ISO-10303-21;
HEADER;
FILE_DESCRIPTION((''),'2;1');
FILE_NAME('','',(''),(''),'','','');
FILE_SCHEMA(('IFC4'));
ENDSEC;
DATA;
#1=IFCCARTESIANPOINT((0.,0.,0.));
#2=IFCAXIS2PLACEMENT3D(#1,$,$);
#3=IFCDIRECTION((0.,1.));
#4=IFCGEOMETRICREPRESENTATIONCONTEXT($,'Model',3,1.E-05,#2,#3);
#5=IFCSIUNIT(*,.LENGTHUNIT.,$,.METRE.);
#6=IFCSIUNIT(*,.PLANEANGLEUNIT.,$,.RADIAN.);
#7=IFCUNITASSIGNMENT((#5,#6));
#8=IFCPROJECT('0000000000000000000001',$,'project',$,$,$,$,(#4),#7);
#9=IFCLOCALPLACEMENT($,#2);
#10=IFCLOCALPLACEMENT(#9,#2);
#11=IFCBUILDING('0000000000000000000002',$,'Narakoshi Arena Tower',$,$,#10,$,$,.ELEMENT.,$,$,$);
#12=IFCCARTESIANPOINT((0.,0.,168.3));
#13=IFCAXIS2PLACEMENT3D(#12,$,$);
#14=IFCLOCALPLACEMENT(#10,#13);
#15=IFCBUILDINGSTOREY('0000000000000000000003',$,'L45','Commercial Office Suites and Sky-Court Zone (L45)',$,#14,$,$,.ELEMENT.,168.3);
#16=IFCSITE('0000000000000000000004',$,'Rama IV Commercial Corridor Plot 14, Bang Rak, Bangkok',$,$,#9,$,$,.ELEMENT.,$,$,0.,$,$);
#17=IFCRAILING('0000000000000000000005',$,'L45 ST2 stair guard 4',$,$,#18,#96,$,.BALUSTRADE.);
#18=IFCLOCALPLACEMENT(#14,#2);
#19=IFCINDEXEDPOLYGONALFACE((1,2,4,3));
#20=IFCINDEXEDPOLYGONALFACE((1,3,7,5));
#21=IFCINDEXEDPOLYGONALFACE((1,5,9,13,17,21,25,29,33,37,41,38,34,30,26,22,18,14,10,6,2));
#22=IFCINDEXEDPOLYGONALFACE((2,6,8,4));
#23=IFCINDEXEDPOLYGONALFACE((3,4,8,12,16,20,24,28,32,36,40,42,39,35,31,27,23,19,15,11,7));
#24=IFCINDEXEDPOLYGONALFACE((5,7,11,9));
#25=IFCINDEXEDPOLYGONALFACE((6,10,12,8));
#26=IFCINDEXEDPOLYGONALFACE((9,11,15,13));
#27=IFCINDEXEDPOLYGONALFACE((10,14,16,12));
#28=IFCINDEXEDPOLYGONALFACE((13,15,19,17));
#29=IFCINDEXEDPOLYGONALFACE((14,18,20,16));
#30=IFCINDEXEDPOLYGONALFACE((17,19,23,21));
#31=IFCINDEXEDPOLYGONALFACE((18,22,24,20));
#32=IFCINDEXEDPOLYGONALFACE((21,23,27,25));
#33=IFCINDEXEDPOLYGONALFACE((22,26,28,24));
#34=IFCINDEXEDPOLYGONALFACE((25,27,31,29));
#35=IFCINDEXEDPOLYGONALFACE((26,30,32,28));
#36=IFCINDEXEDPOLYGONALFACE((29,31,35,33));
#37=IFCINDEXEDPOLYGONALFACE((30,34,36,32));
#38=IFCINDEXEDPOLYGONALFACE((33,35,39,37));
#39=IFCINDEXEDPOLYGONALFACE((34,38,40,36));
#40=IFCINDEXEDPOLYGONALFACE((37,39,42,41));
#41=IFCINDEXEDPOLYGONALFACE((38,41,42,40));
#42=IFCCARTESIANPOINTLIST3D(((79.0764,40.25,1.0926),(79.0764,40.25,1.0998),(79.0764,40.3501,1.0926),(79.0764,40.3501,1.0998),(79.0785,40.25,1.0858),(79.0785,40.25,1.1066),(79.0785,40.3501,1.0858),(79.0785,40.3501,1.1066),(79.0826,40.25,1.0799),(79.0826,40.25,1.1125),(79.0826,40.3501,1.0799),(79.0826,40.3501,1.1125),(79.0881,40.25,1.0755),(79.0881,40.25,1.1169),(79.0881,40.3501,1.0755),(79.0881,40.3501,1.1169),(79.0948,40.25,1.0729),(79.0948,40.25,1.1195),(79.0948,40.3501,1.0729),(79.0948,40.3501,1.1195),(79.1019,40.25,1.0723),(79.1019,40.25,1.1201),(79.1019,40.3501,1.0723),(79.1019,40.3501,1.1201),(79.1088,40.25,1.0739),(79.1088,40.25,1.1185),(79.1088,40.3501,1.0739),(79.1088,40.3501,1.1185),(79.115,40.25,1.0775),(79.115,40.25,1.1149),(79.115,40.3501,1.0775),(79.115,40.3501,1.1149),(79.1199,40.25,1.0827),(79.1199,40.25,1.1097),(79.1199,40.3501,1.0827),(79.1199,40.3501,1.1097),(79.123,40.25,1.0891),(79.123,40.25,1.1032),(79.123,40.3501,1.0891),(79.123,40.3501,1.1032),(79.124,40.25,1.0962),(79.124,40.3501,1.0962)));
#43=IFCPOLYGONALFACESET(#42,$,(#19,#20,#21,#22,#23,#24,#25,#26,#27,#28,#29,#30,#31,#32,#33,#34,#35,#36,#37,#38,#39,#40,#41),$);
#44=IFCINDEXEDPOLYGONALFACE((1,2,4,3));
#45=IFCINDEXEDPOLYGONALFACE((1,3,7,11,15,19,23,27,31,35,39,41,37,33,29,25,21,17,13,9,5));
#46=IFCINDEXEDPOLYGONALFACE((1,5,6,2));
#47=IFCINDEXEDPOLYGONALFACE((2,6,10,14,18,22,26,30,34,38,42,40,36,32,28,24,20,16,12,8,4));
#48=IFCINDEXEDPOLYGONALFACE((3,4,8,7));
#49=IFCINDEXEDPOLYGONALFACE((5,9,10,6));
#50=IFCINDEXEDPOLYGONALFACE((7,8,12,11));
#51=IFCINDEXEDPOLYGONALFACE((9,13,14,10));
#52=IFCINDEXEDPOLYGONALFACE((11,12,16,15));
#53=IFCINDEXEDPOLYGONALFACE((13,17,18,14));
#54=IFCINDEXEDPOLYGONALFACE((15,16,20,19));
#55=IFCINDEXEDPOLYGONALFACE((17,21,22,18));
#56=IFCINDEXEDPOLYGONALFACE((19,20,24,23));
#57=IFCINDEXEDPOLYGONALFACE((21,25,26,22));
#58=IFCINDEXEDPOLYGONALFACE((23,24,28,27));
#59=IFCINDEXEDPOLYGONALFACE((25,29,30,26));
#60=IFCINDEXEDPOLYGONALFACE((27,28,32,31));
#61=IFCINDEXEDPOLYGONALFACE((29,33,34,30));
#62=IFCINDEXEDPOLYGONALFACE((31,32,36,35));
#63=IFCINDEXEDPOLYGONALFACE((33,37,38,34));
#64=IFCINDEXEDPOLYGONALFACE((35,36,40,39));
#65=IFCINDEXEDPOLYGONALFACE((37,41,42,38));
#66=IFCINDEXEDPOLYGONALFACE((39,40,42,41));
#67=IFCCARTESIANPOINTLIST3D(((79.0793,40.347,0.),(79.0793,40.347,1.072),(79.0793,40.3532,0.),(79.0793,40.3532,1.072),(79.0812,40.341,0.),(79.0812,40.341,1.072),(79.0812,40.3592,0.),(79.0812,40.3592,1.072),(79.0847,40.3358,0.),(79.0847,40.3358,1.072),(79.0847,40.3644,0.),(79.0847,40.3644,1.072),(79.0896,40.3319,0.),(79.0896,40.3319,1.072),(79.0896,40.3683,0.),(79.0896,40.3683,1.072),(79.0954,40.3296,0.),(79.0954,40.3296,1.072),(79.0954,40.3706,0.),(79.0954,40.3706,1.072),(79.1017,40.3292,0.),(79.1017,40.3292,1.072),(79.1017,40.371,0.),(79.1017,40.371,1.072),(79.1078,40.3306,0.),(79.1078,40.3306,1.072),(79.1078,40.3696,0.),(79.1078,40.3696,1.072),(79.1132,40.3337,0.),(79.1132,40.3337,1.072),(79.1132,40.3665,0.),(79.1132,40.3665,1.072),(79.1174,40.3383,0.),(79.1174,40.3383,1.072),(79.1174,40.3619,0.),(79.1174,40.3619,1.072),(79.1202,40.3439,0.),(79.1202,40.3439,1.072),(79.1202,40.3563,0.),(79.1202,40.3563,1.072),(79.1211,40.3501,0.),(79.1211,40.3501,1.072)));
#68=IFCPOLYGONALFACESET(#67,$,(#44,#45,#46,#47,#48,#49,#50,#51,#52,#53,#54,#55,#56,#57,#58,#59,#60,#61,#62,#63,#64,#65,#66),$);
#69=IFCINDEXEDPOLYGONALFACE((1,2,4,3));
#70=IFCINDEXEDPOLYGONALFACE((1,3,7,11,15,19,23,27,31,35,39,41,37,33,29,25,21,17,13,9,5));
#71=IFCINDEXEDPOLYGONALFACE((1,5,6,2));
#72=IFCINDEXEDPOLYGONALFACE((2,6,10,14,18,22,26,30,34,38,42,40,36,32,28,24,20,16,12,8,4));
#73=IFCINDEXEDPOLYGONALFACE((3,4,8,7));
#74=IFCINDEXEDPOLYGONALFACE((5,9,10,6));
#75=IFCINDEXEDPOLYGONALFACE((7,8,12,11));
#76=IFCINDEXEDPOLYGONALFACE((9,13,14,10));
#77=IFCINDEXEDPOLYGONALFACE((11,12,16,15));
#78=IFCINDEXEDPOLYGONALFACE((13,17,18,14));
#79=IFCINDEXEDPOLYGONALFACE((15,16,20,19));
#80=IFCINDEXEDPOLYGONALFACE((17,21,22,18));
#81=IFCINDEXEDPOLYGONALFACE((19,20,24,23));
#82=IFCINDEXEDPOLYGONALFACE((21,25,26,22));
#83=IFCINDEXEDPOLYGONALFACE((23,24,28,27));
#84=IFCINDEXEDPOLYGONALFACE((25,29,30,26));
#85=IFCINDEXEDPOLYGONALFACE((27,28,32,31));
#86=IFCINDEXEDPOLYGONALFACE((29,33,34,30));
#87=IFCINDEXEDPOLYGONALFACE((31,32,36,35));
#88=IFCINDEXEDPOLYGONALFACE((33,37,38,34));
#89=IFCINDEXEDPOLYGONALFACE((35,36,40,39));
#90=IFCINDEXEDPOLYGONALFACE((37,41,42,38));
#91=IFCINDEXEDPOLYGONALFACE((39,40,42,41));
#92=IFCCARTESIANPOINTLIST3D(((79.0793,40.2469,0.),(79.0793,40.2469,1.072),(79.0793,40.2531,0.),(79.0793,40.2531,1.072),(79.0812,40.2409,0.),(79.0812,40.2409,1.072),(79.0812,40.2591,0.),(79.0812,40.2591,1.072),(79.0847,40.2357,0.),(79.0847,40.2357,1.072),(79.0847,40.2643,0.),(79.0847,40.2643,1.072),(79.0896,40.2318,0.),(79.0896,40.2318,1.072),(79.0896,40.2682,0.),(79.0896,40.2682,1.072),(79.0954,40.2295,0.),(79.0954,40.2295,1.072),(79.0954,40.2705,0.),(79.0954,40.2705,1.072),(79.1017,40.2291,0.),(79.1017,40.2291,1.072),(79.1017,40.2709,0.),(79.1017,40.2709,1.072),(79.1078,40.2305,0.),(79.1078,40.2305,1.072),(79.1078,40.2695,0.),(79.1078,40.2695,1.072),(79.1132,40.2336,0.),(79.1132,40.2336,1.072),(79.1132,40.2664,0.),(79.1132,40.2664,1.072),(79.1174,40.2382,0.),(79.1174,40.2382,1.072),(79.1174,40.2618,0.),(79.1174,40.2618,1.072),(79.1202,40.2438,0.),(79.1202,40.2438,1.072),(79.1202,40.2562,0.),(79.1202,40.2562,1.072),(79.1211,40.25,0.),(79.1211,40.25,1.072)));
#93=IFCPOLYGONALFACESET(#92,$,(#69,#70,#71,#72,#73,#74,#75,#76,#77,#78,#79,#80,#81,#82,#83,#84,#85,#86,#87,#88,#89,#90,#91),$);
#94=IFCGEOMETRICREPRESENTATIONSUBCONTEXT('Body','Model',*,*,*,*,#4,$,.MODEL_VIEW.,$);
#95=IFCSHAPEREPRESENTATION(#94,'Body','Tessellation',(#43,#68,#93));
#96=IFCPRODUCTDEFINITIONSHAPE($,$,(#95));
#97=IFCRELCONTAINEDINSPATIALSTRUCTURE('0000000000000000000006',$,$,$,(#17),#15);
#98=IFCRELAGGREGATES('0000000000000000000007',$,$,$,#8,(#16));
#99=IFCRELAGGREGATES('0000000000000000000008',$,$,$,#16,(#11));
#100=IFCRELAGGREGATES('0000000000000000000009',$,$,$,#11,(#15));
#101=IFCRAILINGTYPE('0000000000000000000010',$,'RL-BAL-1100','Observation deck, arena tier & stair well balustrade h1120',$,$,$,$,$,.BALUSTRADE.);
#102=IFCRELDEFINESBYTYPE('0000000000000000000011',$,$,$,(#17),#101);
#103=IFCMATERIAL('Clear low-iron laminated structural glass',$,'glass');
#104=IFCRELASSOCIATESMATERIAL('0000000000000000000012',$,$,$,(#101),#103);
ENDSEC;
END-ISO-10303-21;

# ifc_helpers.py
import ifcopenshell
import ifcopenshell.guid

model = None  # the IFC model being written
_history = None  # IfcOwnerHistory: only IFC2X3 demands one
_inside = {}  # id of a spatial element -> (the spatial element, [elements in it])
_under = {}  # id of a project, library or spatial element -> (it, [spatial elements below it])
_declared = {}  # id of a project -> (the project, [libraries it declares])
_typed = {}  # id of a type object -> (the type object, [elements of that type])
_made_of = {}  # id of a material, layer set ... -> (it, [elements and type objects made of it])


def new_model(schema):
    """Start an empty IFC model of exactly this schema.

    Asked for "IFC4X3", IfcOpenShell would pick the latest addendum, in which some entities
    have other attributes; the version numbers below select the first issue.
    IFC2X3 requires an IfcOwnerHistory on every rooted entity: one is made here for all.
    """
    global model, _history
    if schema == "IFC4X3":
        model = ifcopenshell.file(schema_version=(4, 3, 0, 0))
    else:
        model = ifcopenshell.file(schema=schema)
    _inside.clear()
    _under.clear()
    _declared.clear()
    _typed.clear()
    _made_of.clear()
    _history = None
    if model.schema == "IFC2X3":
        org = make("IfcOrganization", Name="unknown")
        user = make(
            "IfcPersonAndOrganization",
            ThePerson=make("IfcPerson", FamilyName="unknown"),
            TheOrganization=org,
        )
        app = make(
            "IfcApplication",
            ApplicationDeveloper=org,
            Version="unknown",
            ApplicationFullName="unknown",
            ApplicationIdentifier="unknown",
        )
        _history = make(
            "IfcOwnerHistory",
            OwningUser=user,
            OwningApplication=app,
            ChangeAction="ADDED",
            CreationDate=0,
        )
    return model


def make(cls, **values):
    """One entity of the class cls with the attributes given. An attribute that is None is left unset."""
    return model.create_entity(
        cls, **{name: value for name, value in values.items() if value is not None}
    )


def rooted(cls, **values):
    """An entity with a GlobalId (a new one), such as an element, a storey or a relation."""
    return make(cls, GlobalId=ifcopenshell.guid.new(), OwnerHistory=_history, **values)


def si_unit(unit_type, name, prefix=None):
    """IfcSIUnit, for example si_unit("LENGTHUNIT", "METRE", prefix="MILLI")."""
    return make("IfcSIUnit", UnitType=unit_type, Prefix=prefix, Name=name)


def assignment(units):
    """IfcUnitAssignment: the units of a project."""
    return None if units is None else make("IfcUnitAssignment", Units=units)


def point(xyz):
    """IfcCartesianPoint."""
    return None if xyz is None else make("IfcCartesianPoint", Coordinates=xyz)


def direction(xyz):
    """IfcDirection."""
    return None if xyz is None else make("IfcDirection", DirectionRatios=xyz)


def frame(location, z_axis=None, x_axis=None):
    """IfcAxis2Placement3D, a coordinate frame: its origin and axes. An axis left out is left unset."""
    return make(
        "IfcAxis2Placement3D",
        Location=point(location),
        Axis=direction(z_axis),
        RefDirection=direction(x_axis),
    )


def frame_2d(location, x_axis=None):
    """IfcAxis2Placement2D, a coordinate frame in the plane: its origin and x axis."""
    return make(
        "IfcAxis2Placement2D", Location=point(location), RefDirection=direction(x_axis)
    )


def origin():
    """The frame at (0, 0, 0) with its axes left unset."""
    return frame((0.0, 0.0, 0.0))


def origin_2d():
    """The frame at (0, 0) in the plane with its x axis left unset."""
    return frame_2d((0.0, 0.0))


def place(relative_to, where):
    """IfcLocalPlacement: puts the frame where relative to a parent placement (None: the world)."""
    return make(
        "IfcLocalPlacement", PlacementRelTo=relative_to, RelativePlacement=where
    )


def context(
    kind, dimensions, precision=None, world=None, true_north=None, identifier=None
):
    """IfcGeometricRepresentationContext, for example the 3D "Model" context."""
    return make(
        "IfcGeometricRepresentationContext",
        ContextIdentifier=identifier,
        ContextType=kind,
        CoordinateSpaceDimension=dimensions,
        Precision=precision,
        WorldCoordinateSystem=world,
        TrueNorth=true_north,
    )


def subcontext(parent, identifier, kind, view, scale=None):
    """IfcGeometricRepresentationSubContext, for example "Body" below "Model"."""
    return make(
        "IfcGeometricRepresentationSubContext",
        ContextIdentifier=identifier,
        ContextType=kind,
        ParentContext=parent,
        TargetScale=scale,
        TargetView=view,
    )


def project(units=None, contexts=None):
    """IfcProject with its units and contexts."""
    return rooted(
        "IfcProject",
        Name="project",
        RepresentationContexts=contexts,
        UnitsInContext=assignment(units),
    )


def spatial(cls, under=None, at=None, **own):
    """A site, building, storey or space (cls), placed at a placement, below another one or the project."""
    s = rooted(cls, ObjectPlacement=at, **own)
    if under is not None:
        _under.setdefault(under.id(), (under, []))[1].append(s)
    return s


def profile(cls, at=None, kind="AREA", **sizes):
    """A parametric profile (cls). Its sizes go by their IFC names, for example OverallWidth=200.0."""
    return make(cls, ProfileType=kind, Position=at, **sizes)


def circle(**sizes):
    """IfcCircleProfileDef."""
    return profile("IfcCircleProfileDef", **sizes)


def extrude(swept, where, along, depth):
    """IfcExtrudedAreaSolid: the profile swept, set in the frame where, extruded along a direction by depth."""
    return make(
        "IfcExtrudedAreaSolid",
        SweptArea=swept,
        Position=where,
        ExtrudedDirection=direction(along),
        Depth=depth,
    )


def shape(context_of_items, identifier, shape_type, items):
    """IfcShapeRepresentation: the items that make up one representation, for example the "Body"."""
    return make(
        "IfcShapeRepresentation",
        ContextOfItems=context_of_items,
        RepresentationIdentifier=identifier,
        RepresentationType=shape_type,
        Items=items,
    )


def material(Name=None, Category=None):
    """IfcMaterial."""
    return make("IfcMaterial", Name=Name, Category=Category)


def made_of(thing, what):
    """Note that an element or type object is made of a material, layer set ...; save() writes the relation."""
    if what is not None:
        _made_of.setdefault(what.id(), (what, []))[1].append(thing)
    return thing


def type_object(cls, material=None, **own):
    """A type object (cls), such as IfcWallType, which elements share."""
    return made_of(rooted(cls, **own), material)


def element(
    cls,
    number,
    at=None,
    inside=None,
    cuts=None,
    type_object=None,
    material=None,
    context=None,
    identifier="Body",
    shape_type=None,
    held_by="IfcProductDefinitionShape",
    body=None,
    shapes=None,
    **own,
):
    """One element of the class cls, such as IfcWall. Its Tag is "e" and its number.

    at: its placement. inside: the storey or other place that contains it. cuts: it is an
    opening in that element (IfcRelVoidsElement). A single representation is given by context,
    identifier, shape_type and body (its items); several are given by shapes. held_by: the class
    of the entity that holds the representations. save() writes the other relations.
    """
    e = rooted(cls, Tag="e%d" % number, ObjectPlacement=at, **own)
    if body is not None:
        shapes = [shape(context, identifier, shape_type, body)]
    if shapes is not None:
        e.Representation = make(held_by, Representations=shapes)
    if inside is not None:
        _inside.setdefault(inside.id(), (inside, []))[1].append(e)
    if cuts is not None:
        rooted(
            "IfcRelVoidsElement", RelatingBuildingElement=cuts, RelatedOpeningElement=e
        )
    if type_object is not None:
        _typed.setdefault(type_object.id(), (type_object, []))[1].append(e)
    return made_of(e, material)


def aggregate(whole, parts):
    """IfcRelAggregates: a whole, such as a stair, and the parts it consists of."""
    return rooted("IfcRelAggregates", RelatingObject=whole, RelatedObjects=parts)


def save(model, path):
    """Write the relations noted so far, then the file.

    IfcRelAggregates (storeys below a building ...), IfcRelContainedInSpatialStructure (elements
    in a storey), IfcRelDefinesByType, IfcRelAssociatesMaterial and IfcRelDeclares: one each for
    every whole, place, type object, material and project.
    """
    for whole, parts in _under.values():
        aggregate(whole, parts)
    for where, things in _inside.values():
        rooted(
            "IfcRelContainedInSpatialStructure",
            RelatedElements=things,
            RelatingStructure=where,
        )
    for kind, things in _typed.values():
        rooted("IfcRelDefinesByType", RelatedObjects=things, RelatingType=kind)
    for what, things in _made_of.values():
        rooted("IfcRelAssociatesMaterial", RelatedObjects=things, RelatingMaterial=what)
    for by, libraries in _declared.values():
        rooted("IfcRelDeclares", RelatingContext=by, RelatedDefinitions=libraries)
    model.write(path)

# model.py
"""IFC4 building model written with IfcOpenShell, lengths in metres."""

from ifc_helpers import new_model, si_unit, direction, frame, origin, origin_2d, place, context, subcontext, project, spatial, circle, extrude, material, type_object, element, save


model = new_model("IFC4")

# Units and contexts
model_context = context("Model", 3, precision=1e-05, world=origin(), true_north=direction((0.0, 1.0)))
body_context = subcontext(model_context, "Body", "Model", "MODEL_VIEW")
ifc_project = project(units=[si_unit("LENGTHUNIT", "METRE"), si_unit("PLANEANGLEUNIT", "RADIAN")], contexts=[model_context])

# Site, building, storey
site_placement = place(None, origin())
site = spatial("IfcSite", under=ifc_project, at=site_placement, Name="Rama IV Commercial Corridor Plot 14, Bang Rak, Bangkok", CompositionType="ELEMENT", RefElevation=0.0)
building_placement = place(site_placement, origin())
building = spatial("IfcBuilding", under=site, at=building_placement, Name="Narakoshi Arena Tower", CompositionType="ELEMENT")
storey_placement = place(building_placement, frame((0.0, 0.0, 168.3)))
storey = spatial("IfcBuildingStorey", under=building, at=storey_placement, Name="L45", Description="Commercial Office Suites and Sky-Court Zone (L45)", CompositionType="ELEMENT", Elevation=168.3)

# Railing
ifc_material_1 = material(Name="Clear low-iron laminated structural glass", Category="glass")
railing_type = type_object("IfcRailingType", Name="RL-BAL-1100", Description="Observation deck, arena tier & stair well balustrade h1120", PredefinedType="BALUSTRADE", material=ifc_material_1)
railing_placement = place(storey_placement, frame((79.1001, 40.3501, 0.0)))
element("IfcRailing", 1, at=railing_placement, inside=storey, type_object=railing_type, Name="L45 ST2 stair guard 4", PredefinedType="BALUSTRADE", context=body_context, shape_type="SweptSolid", body=[
    extrude(circle(Radius=0.0239, at=origin_2d()), frame((0.0, 0.0, 1.0962), z_axis=(0.0, -1.0, 0.0), x_axis=(1.0, 0.0, 0.0)), (0.0, 0.0, 1.0), 0.1001),
    extrude(circle(Radius=0.021, at=origin_2d()), origin(), (0.0, 0.0, 1.0), 1.072),
    extrude(circle(Radius=0.021, at=origin_2d()), frame((0.0, -0.1001, 0.0)), (0.0, 0.0, 1.0), 1.072),
])

save(model, "model.ifc")
